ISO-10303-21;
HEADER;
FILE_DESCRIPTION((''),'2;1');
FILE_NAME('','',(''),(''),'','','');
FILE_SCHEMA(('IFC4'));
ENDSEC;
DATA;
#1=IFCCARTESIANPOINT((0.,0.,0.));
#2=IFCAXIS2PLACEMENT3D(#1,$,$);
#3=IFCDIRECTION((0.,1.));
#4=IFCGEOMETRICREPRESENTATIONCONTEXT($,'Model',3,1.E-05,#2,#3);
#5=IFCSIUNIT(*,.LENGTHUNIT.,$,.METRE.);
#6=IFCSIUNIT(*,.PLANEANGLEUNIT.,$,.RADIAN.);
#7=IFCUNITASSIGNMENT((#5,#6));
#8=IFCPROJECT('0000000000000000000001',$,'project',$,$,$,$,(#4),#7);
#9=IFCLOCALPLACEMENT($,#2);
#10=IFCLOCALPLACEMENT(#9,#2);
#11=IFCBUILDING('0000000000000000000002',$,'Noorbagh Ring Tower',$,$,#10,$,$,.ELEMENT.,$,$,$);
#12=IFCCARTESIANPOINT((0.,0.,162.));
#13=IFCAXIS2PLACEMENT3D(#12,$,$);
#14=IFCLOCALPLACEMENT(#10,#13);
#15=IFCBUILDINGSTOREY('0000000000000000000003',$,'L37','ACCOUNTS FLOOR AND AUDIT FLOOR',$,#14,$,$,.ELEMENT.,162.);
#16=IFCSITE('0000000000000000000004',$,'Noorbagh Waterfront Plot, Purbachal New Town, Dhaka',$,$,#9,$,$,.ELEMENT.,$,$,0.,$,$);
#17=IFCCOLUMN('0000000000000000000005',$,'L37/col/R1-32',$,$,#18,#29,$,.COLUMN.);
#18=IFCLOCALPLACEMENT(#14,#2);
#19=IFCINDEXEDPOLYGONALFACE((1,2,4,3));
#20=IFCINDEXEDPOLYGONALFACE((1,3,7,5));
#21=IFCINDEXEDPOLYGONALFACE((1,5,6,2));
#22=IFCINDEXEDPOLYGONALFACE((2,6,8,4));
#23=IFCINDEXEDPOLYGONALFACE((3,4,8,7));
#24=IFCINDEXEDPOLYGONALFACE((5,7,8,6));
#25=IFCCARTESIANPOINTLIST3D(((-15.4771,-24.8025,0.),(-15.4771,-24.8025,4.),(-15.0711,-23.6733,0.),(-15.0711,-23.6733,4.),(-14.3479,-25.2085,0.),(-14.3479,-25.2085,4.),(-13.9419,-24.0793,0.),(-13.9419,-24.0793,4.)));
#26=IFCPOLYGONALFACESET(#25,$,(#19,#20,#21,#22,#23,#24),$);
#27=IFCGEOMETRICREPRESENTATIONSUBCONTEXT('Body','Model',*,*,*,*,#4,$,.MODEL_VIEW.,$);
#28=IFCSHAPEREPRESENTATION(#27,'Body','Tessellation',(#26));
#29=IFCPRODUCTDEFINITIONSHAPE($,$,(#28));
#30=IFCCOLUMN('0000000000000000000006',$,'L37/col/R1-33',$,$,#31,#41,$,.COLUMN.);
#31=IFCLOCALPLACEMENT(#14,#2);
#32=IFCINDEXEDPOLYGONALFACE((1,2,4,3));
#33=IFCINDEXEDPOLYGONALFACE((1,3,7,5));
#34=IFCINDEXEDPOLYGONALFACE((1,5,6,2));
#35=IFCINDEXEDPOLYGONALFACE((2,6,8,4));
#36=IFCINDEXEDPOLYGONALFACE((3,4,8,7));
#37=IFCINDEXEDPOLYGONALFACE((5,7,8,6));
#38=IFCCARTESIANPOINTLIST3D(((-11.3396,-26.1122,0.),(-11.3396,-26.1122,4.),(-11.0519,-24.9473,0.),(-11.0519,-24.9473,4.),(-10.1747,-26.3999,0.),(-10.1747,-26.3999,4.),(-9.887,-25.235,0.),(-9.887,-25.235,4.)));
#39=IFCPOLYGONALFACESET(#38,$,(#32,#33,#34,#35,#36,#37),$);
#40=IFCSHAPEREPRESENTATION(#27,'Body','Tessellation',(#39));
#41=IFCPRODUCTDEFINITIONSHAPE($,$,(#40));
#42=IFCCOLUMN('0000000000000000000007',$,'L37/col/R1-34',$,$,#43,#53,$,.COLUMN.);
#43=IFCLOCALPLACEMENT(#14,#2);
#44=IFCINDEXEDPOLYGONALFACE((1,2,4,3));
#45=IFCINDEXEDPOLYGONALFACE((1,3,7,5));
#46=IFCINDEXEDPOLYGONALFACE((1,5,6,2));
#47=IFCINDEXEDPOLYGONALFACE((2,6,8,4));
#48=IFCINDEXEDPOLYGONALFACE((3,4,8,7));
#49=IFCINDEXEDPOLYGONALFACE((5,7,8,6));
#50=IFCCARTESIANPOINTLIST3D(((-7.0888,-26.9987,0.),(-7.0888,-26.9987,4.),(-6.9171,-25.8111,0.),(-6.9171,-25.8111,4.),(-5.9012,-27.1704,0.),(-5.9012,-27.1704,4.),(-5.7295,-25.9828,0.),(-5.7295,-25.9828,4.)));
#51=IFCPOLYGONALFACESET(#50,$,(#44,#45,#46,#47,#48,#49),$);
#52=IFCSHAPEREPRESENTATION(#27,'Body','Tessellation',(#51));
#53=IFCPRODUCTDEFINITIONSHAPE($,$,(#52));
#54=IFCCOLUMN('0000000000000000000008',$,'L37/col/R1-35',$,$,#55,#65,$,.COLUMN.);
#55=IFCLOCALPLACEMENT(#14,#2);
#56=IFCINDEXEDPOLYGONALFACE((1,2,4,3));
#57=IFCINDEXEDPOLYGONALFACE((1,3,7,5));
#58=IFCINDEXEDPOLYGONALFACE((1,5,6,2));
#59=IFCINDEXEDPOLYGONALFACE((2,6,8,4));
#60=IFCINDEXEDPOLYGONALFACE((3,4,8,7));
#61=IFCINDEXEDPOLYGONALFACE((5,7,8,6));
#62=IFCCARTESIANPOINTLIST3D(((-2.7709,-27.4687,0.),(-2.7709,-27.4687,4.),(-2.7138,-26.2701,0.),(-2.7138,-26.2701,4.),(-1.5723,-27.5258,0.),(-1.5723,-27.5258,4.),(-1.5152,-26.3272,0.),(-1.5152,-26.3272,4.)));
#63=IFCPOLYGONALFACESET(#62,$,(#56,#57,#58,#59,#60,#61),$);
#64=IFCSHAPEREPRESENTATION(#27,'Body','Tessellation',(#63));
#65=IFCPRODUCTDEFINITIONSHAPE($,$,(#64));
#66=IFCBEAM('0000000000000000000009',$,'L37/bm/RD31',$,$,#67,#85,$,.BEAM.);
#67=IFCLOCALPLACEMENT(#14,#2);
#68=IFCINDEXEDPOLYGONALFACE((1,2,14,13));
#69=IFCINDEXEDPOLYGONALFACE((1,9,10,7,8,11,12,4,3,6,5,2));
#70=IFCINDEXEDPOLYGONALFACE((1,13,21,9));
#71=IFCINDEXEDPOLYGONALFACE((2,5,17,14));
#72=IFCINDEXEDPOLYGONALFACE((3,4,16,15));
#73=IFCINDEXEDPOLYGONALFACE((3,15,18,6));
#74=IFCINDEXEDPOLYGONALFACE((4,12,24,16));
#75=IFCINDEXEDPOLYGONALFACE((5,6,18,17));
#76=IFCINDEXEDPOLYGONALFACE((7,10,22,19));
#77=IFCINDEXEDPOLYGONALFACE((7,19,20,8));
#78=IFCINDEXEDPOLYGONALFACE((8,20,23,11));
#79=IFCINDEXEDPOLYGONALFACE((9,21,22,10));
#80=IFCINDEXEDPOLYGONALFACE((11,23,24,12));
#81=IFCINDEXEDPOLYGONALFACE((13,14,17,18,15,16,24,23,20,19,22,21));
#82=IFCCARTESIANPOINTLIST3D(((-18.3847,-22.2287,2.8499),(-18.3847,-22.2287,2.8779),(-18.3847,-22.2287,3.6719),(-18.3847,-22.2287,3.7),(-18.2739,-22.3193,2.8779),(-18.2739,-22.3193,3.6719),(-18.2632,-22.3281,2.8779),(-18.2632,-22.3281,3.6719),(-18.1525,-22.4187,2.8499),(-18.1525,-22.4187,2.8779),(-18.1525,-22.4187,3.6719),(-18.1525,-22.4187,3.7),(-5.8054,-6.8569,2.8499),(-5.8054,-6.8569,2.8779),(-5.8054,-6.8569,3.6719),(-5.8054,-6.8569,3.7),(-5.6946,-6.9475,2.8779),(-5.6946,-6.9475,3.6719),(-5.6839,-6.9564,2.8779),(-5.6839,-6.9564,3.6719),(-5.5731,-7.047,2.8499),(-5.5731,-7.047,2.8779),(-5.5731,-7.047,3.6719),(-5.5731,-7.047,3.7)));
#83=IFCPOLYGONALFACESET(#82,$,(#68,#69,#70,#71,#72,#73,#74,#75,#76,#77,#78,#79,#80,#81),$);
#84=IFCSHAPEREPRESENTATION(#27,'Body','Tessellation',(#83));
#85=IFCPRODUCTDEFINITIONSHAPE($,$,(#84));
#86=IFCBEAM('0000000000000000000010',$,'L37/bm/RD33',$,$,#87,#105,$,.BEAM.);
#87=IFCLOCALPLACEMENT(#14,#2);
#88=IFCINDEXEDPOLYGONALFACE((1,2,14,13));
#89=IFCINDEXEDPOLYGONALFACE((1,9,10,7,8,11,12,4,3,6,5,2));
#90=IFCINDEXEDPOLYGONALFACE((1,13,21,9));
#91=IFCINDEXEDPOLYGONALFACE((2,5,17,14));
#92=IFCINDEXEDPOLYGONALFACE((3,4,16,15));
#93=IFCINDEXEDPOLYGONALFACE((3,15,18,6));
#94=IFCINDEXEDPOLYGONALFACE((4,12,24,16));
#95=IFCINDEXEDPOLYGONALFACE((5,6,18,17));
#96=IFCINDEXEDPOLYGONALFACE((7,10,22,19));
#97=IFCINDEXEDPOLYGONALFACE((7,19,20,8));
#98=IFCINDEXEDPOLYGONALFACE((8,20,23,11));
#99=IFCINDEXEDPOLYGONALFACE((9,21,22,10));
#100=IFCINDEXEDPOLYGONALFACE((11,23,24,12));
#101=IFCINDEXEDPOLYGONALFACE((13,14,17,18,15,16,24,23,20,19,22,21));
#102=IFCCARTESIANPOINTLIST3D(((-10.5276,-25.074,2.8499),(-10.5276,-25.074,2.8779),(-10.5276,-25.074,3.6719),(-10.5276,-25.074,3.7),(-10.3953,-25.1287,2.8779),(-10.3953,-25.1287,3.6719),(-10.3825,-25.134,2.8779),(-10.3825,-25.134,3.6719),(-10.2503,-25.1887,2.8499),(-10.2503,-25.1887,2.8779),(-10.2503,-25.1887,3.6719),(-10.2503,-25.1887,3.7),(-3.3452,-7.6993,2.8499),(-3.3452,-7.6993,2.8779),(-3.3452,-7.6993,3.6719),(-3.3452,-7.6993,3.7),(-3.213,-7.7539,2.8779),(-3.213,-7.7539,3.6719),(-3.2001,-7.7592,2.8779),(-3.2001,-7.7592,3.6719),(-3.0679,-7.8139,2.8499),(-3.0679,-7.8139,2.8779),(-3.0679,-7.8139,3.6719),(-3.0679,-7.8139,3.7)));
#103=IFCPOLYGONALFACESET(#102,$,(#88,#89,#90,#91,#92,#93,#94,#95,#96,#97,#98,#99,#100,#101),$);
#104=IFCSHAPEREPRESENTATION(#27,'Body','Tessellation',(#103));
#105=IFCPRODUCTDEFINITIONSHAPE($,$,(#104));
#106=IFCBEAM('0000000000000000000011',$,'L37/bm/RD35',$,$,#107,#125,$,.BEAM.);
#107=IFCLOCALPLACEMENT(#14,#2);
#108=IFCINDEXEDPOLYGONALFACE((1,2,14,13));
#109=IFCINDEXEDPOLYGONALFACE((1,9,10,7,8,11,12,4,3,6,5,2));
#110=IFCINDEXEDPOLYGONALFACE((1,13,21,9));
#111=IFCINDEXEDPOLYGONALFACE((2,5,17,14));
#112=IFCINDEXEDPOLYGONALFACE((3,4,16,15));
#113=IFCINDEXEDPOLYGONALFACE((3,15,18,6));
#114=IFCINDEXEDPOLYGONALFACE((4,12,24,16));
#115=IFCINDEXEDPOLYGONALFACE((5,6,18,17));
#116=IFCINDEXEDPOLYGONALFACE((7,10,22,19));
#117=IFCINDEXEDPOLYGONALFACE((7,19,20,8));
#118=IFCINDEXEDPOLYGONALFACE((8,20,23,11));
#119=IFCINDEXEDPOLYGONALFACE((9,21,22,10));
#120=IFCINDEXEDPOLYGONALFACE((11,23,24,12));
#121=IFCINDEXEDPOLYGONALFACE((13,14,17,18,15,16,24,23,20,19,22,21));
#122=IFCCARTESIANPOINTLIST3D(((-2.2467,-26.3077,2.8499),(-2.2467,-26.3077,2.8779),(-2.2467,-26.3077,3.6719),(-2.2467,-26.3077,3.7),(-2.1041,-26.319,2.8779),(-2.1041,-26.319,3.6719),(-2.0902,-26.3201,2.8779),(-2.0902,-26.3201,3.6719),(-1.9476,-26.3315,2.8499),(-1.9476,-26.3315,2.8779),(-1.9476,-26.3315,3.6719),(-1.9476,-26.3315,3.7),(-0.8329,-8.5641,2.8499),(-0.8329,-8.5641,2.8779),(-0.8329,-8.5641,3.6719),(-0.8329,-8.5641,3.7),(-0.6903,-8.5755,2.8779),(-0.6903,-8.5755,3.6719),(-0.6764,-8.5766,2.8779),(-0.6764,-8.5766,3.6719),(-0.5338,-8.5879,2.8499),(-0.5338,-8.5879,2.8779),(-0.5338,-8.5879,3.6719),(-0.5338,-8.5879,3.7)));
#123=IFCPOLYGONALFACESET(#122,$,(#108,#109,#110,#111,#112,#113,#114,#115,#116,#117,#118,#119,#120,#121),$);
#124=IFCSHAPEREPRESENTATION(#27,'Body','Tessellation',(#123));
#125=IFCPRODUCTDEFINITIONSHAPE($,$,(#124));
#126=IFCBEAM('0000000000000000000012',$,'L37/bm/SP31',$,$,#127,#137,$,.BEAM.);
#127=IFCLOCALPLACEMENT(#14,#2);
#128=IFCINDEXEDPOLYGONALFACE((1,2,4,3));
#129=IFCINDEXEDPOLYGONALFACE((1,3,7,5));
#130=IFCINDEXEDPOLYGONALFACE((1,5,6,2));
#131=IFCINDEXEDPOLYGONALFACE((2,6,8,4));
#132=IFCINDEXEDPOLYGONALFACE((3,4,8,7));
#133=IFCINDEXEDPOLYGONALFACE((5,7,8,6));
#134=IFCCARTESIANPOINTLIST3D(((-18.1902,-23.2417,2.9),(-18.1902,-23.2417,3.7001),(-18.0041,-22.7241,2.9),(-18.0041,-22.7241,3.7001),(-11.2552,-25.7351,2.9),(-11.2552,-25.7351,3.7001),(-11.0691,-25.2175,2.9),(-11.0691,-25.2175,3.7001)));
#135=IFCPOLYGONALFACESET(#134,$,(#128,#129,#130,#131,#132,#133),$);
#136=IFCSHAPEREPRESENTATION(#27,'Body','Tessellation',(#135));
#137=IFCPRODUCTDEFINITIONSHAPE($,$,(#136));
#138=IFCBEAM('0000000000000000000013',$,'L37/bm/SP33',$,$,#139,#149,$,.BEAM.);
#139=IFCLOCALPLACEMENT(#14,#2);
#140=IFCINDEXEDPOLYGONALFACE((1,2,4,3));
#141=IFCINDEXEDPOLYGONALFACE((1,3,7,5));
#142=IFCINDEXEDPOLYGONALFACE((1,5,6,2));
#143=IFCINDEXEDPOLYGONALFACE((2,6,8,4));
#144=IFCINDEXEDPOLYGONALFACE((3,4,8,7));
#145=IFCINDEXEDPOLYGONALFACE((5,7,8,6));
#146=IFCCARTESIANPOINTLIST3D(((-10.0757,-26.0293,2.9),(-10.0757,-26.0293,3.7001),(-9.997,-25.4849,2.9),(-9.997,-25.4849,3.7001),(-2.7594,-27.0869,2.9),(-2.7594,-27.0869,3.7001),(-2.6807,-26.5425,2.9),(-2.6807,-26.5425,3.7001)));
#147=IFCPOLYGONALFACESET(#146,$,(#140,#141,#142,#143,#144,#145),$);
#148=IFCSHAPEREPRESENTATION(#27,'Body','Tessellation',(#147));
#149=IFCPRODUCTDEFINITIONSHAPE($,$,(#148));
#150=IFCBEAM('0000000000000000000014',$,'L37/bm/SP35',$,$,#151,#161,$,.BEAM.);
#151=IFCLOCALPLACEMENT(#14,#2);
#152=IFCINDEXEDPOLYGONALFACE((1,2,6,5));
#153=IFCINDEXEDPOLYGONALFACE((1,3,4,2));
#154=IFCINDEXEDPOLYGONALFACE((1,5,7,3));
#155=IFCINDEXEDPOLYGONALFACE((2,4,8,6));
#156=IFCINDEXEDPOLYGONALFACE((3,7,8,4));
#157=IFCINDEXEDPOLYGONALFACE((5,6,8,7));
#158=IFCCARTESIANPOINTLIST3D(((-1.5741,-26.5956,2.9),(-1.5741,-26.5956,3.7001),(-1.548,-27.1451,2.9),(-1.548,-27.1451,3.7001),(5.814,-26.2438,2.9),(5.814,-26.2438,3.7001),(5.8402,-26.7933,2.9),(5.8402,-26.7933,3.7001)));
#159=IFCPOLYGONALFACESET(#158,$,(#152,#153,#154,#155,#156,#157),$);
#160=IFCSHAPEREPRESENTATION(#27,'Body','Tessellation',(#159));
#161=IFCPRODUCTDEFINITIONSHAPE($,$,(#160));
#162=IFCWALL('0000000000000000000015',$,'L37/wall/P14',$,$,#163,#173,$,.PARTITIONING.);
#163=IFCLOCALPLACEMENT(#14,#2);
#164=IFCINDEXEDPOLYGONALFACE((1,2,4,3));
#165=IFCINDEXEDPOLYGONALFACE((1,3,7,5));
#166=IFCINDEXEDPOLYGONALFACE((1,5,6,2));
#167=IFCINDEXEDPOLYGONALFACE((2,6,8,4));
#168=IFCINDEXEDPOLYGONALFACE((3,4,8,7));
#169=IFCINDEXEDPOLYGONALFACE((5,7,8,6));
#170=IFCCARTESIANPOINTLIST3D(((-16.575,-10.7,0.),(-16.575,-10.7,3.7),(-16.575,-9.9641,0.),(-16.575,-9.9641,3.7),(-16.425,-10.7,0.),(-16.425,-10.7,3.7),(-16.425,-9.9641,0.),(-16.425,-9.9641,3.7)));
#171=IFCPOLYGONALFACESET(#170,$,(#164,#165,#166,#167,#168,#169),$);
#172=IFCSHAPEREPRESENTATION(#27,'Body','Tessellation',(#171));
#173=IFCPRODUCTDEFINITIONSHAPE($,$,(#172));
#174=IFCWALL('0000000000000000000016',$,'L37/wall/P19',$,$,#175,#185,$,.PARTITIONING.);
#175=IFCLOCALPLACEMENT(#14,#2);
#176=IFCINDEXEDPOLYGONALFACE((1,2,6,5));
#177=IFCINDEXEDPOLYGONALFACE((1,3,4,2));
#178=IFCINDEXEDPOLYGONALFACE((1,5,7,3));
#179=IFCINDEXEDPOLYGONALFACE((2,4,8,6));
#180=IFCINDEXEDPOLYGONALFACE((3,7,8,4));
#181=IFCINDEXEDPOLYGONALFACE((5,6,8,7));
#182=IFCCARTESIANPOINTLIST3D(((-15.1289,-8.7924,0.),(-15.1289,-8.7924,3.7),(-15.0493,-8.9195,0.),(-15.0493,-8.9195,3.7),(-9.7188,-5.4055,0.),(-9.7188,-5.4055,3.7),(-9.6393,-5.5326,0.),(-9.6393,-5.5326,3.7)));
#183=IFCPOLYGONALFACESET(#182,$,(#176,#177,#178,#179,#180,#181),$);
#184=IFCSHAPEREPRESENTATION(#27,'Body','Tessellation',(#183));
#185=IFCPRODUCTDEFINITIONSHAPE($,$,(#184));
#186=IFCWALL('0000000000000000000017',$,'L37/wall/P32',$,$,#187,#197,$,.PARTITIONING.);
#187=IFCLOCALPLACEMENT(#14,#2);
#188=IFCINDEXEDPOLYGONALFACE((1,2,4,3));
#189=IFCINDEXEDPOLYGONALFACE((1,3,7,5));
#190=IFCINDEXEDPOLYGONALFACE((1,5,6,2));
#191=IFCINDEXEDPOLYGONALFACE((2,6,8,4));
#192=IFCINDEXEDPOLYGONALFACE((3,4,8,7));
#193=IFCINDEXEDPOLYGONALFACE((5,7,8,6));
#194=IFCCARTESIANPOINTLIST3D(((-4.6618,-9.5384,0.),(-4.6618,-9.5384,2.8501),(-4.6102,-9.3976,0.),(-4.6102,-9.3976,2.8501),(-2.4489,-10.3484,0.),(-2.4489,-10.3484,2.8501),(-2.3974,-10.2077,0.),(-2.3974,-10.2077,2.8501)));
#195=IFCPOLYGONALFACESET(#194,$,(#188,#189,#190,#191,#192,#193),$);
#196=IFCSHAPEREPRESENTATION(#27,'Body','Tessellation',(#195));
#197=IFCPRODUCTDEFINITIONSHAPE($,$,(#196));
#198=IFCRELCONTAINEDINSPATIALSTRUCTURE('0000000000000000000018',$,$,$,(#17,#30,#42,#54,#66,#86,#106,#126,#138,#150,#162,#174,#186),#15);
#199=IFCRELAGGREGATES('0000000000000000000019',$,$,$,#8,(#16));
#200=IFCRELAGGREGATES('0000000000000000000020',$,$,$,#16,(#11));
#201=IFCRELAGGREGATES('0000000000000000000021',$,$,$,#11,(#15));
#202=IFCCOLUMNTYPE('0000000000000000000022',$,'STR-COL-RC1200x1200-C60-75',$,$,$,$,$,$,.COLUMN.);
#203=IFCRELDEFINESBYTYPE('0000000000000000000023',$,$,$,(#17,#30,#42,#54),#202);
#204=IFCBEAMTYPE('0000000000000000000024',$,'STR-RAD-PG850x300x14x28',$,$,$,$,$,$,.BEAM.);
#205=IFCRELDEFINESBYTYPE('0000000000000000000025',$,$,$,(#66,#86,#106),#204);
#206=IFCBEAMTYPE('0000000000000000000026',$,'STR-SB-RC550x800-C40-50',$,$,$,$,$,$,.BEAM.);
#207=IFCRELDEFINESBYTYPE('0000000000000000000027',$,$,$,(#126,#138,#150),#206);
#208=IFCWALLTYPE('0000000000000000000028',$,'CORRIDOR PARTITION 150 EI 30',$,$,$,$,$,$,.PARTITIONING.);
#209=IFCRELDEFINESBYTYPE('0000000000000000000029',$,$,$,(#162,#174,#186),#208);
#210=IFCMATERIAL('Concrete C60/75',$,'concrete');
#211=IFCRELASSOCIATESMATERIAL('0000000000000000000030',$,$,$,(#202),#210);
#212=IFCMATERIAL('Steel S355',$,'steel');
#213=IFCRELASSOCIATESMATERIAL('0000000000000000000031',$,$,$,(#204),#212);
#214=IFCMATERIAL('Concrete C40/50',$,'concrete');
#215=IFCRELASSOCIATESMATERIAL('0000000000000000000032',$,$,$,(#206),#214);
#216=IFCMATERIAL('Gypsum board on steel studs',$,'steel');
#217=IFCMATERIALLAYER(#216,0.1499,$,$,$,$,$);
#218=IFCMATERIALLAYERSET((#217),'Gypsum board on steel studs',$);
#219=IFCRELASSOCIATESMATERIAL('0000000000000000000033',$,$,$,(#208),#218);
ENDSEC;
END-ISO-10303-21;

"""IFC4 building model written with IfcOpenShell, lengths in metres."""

from ifc_helpers import new_model, si_unit, direction, frame, frame_2d, origin, origin_2d, place, context, subcontext, project, spatial, rectangle, i_section, extrude, material, layer, layer_set, material_profile, profile_set, type_object, element, save


model = new_model("IFC4")

# Units and contexts
model_context = context("Model", 3, precision=1e-05, world=origin(), true_north=direction((0.0, 1.0)))
body_context = subcontext(model_context, "Body", "Model", "MODEL_VIEW")
ifc_project = project(units=[si_unit("LENGTHUNIT", "METRE"), si_unit("PLANEANGLEUNIT", "RADIAN")], contexts=[model_context])

# Site, building, storey
site_placement = place(None, origin())
site = spatial("IfcSite", under=ifc_project, at=site_placement, Name="Noorbagh Waterfront Plot, Purbachal New Town, Dhaka", CompositionType="ELEMENT", RefElevation=0.0)
building_placement = place(site_placement, origin())
building = spatial("IfcBuilding", under=site, at=building_placement, Name="Noorbagh Ring Tower", CompositionType="ELEMENT")
storey_placement = place(building_placement, frame((0.0, 0.0, 162.0)))
storey = spatial("IfcBuildingStorey", under=building, at=storey_placement, Name="L37", Description="ACCOUNTS FLOOR AND AUDIT FLOOR", CompositionType="ELEMENT", Elevation=162.0)

# Columns
ifc_material_1 = material(Name="Concrete C60/75", Category="concrete")
ifc_material_profile_1 = material_profile(ifc_material_1, rectangle(XDim=1.2, YDim=1.2, at=origin_2d()), Name="RC1200x1200")
ifc_profile_set_1 = profile_set([ifc_material_profile_1], Name="Concrete C60/75")
column_type = type_object("IfcColumnType", Name="STR-COL-RC1200x1200-C60-75", PredefinedType="COLUMN", material=ifc_profile_set_1)
for number, where, z_axis, x_axis, name in (
    (1, (-14.7095, -24.4409, 0.0), (0.0, 0.0, 1.0), (0.941025, -0.338338, 0.0), "L37/col/R1-32"),
    (2, (-10.6133, -25.6736, 0.0), (0.0, 0.0, 1.0), (0.970829, -0.239771, 0.0), "L37/col/R1-33"),
    (3, (-6.4092, -26.4907, 0.0), (0.0, 0.0, 1.0), (0.989713, -0.143066, 0.0), "L37/col/R1-34"),
    (4, (-2.1431, -26.8979, 0.0), (0.0, 0.0, 1.0), (0.998869, -0.047553, 0.0), "L37/col/R1-35"),
):
    element("IfcColumn", number, at=place(storey_placement, frame(where, z_axis=z_axis, x_axis=x_axis)), inside=storey, type_object=column_type, Name=name, PredefinedType="COLUMN", context=body_context, shape_type="SweptSolid", body=[
        extrude(rectangle(XDim=1.2, YDim=1.2, at=origin_2d()), origin(), (0.0, 0.0, 1.0), 4.0),
    ])

# Beams
ifc_material_2 = material(Name="Steel S355", Category="steel")
ifc_material_profile_2 = material_profile(ifc_material_2, i_section(OverallWidth=0.3, OverallDepth=0.8501, WebThickness=0.0139, FlangeThickness=0.0281, at=origin_2d()), Name="PG850x300x14x28")
ifc_profile_set_2 = profile_set([ifc_material_profile_2], Name="Steel S355")
beam_type_1 = type_object("IfcBeamType", Name="STR-RAD-PG850x300x14x28", PredefinedType="BEAM", material=ifc_profile_set_2)
beam_1_placement = place(storey_placement, frame((-18.2686, -22.3237, 3.2749), z_axis=(0.63331, 0.773898, 0.0), x_axis=(-0.773898, 0.63331, 0.0)))
element("IfcBeam", 5, at=beam_1_placement, inside=storey, type_object=beam_type_1, Name="L37/bm/RD31", PredefinedType="BEAM", context=body_context, shape_type="SweptSolid", body=[
    extrude(i_section(OverallWidth=0.3, OverallDepth=0.8501, WebThickness=0.0139, FlangeThickness=0.0281, at=origin_2d()), origin(), (0.0, 0.0, 1.0), 19.8628),
])
beam_2_placement = place(storey_placement, frame((-10.3889, -25.1313, 3.2749), z_axis=(0.382026, 0.924152, 0.0), x_axis=(-0.924152, 0.382026, 0.0)))
element("IfcBeam", 6, at=beam_2_placement, inside=storey, type_object=beam_type_1, Name="L37/bm/RD33", PredefinedType="BEAM", context=body_context, shape_type="SweptSolid", body=[
    extrude(i_section(OverallWidth=0.3, OverallDepth=0.8501, WebThickness=0.0139, FlangeThickness=0.0281, at=origin_2d()), origin(), (0.0, 0.0, 1.0), 18.8008),
])
beam_3_placement = place(storey_placement, frame((-2.0972, -26.3196, 3.2749), z_axis=(0.079428, 0.996841, 0.0), x_axis=(-0.996841, 0.079428, 0.0)))
element("IfcBeam", 7, at=beam_3_placement, inside=storey, type_object=beam_type_1, Name="L37/bm/RD35", PredefinedType="BEAM", context=body_context, shape_type="SweptSolid", body=[
    extrude(i_section(OverallWidth=0.3, OverallDepth=0.8501, WebThickness=0.0139, FlangeThickness=0.0281, at=origin_2d()), origin(), (0.0, 0.0, 1.0), 17.7998),
])
ifc_material_3 = material(Name="Concrete C40/50", Category="concrete")
ifc_material_profile_3 = material_profile(ifc_material_3, rectangle(XDim=0.55, YDim=0.8, at=origin_2d()), Name="RC550x800")
ifc_profile_set_3 = profile_set([ifc_material_profile_3], Name="Concrete C40/50")
beam_type_2 = type_object("IfcBeamType", Name="STR-SB-RC550x800-C40-50", PredefinedType="BEAM", material=ifc_profile_set_3)
beam_4_placement = place(storey_placement, frame((-18.0972, -22.9829, 3.3), z_axis=(0.941026, -0.338333, 0.0), x_axis=(0.338333, 0.941026, 0.0)))
element("IfcBeam", 8, at=beam_4_placement, inside=storey, type_object=beam_type_2, Name="L37/bm/SP31", PredefinedType="BEAM", context=body_context, shape_type="SweptSolid", body=[
    extrude(rectangle(XDim=0.55, YDim=0.8, at=origin_2d()), origin(), (0.0, 0.0, 1.0), 7.3696),
])
beam_5_placement = place(storey_placement, frame((-10.0364, -25.7571, 3.3), z_axis=(0.989713, -0.143067, 0.0), x_axis=(0.143067, 0.989713, 0.0)))
element("IfcBeam", 9, at=beam_5_placement, inside=storey, type_object=beam_type_2, Name="L37/bm/SP33", PredefinedType="BEAM", context=body_context, shape_type="SweptSolid", body=[
    extrude(rectangle(XDim=0.55, YDim=0.8, at=origin_2d()), origin(), (0.0, 0.0, 1.0), 7.3923),
])
beam_6_placement = place(storey_placement, frame((-1.561, -26.8704, 3.3), z_axis=(0.998868, 0.047564, 0.0), x_axis=(-0.047564, 0.998868, 0.0)))
element("IfcBeam", 10, at=beam_6_placement, inside=storey, type_object=beam_type_2, Name="L37/bm/SP35", PredefinedType="BEAM", context=body_context, shape_type="SweptSolid", body=[
    extrude(rectangle(XDim=0.55, YDim=0.8, at=origin_2d()), origin(), (0.0, 0.0, 1.0), 7.3965),
])

# Walls
ifc_material_4 = material(Name="Gypsum board on steel studs", Category="steel")
ifc_layer_1 = layer(ifc_material_4, 0.1499)
ifc_layer_set_1 = layer_set([ifc_layer_1], Name="Gypsum board on steel studs")
wall_type_1 = type_object("IfcWallType", Name="CORRIDOR PARTITION 150 EI 30", PredefinedType="PARTITIONING", material=ifc_layer_set_1)
wall_1_placement = place(storey_placement, frame((-16.5, -10.7, 0.0), z_axis=(0.0, 0.0, 1.0), x_axis=(0.0, 1.0, 0.0)))
element("IfcWall", 11, at=wall_1_placement, inside=storey, type_object=wall_type_1, Name="L37/wall/P14", PredefinedType="PARTITIONING", context=body_context, shape_type="SweptSolid", body=[
    extrude(rectangle(XDim=0.7358, YDim=0.1499, at=frame_2d((0.3679, 0.0))), origin(), (0.0, 0.0, 1.0), 3.7),
])
wall_2_placement = place(storey_placement, frame((-15.0891, -8.856, 0.0), z_axis=(0.0, 0.0, 1.0), x_axis=(0.847603, 0.530631, 0.0)))
element("IfcWall", 12, at=wall_2_placement, inside=storey, type_object=wall_type_1, Name="L37/wall/P19", PredefinedType="PARTITIONING", context=body_context, shape_type="SweptSolid", body=[
    extrude(rectangle(XDim=6.3828, YDim=0.1499, at=frame_2d((3.1914, 0.0))), origin(), (0.0, 0.0, 1.0), 3.7),
])
wall_3_placement = place(storey_placement, frame((-4.636, -9.468, 0.0), z_axis=(0.0, 0.0, 1.0), x_axis=(0.939059, -0.343755, 0.0)))
element("IfcWall", 13, at=wall_3_placement, inside=storey, type_object=wall_type_1, Name="L37/wall/P32", PredefinedType="PARTITIONING", context=body_context, shape_type="SweptSolid", body=[
    extrude(rectangle(XDim=2.3564, YDim=0.1499, at=frame_2d((1.1782, 0.0))), origin(), (0.0, 0.0, 1.0), 2.8501),
])

save(model, "model.ifc")
